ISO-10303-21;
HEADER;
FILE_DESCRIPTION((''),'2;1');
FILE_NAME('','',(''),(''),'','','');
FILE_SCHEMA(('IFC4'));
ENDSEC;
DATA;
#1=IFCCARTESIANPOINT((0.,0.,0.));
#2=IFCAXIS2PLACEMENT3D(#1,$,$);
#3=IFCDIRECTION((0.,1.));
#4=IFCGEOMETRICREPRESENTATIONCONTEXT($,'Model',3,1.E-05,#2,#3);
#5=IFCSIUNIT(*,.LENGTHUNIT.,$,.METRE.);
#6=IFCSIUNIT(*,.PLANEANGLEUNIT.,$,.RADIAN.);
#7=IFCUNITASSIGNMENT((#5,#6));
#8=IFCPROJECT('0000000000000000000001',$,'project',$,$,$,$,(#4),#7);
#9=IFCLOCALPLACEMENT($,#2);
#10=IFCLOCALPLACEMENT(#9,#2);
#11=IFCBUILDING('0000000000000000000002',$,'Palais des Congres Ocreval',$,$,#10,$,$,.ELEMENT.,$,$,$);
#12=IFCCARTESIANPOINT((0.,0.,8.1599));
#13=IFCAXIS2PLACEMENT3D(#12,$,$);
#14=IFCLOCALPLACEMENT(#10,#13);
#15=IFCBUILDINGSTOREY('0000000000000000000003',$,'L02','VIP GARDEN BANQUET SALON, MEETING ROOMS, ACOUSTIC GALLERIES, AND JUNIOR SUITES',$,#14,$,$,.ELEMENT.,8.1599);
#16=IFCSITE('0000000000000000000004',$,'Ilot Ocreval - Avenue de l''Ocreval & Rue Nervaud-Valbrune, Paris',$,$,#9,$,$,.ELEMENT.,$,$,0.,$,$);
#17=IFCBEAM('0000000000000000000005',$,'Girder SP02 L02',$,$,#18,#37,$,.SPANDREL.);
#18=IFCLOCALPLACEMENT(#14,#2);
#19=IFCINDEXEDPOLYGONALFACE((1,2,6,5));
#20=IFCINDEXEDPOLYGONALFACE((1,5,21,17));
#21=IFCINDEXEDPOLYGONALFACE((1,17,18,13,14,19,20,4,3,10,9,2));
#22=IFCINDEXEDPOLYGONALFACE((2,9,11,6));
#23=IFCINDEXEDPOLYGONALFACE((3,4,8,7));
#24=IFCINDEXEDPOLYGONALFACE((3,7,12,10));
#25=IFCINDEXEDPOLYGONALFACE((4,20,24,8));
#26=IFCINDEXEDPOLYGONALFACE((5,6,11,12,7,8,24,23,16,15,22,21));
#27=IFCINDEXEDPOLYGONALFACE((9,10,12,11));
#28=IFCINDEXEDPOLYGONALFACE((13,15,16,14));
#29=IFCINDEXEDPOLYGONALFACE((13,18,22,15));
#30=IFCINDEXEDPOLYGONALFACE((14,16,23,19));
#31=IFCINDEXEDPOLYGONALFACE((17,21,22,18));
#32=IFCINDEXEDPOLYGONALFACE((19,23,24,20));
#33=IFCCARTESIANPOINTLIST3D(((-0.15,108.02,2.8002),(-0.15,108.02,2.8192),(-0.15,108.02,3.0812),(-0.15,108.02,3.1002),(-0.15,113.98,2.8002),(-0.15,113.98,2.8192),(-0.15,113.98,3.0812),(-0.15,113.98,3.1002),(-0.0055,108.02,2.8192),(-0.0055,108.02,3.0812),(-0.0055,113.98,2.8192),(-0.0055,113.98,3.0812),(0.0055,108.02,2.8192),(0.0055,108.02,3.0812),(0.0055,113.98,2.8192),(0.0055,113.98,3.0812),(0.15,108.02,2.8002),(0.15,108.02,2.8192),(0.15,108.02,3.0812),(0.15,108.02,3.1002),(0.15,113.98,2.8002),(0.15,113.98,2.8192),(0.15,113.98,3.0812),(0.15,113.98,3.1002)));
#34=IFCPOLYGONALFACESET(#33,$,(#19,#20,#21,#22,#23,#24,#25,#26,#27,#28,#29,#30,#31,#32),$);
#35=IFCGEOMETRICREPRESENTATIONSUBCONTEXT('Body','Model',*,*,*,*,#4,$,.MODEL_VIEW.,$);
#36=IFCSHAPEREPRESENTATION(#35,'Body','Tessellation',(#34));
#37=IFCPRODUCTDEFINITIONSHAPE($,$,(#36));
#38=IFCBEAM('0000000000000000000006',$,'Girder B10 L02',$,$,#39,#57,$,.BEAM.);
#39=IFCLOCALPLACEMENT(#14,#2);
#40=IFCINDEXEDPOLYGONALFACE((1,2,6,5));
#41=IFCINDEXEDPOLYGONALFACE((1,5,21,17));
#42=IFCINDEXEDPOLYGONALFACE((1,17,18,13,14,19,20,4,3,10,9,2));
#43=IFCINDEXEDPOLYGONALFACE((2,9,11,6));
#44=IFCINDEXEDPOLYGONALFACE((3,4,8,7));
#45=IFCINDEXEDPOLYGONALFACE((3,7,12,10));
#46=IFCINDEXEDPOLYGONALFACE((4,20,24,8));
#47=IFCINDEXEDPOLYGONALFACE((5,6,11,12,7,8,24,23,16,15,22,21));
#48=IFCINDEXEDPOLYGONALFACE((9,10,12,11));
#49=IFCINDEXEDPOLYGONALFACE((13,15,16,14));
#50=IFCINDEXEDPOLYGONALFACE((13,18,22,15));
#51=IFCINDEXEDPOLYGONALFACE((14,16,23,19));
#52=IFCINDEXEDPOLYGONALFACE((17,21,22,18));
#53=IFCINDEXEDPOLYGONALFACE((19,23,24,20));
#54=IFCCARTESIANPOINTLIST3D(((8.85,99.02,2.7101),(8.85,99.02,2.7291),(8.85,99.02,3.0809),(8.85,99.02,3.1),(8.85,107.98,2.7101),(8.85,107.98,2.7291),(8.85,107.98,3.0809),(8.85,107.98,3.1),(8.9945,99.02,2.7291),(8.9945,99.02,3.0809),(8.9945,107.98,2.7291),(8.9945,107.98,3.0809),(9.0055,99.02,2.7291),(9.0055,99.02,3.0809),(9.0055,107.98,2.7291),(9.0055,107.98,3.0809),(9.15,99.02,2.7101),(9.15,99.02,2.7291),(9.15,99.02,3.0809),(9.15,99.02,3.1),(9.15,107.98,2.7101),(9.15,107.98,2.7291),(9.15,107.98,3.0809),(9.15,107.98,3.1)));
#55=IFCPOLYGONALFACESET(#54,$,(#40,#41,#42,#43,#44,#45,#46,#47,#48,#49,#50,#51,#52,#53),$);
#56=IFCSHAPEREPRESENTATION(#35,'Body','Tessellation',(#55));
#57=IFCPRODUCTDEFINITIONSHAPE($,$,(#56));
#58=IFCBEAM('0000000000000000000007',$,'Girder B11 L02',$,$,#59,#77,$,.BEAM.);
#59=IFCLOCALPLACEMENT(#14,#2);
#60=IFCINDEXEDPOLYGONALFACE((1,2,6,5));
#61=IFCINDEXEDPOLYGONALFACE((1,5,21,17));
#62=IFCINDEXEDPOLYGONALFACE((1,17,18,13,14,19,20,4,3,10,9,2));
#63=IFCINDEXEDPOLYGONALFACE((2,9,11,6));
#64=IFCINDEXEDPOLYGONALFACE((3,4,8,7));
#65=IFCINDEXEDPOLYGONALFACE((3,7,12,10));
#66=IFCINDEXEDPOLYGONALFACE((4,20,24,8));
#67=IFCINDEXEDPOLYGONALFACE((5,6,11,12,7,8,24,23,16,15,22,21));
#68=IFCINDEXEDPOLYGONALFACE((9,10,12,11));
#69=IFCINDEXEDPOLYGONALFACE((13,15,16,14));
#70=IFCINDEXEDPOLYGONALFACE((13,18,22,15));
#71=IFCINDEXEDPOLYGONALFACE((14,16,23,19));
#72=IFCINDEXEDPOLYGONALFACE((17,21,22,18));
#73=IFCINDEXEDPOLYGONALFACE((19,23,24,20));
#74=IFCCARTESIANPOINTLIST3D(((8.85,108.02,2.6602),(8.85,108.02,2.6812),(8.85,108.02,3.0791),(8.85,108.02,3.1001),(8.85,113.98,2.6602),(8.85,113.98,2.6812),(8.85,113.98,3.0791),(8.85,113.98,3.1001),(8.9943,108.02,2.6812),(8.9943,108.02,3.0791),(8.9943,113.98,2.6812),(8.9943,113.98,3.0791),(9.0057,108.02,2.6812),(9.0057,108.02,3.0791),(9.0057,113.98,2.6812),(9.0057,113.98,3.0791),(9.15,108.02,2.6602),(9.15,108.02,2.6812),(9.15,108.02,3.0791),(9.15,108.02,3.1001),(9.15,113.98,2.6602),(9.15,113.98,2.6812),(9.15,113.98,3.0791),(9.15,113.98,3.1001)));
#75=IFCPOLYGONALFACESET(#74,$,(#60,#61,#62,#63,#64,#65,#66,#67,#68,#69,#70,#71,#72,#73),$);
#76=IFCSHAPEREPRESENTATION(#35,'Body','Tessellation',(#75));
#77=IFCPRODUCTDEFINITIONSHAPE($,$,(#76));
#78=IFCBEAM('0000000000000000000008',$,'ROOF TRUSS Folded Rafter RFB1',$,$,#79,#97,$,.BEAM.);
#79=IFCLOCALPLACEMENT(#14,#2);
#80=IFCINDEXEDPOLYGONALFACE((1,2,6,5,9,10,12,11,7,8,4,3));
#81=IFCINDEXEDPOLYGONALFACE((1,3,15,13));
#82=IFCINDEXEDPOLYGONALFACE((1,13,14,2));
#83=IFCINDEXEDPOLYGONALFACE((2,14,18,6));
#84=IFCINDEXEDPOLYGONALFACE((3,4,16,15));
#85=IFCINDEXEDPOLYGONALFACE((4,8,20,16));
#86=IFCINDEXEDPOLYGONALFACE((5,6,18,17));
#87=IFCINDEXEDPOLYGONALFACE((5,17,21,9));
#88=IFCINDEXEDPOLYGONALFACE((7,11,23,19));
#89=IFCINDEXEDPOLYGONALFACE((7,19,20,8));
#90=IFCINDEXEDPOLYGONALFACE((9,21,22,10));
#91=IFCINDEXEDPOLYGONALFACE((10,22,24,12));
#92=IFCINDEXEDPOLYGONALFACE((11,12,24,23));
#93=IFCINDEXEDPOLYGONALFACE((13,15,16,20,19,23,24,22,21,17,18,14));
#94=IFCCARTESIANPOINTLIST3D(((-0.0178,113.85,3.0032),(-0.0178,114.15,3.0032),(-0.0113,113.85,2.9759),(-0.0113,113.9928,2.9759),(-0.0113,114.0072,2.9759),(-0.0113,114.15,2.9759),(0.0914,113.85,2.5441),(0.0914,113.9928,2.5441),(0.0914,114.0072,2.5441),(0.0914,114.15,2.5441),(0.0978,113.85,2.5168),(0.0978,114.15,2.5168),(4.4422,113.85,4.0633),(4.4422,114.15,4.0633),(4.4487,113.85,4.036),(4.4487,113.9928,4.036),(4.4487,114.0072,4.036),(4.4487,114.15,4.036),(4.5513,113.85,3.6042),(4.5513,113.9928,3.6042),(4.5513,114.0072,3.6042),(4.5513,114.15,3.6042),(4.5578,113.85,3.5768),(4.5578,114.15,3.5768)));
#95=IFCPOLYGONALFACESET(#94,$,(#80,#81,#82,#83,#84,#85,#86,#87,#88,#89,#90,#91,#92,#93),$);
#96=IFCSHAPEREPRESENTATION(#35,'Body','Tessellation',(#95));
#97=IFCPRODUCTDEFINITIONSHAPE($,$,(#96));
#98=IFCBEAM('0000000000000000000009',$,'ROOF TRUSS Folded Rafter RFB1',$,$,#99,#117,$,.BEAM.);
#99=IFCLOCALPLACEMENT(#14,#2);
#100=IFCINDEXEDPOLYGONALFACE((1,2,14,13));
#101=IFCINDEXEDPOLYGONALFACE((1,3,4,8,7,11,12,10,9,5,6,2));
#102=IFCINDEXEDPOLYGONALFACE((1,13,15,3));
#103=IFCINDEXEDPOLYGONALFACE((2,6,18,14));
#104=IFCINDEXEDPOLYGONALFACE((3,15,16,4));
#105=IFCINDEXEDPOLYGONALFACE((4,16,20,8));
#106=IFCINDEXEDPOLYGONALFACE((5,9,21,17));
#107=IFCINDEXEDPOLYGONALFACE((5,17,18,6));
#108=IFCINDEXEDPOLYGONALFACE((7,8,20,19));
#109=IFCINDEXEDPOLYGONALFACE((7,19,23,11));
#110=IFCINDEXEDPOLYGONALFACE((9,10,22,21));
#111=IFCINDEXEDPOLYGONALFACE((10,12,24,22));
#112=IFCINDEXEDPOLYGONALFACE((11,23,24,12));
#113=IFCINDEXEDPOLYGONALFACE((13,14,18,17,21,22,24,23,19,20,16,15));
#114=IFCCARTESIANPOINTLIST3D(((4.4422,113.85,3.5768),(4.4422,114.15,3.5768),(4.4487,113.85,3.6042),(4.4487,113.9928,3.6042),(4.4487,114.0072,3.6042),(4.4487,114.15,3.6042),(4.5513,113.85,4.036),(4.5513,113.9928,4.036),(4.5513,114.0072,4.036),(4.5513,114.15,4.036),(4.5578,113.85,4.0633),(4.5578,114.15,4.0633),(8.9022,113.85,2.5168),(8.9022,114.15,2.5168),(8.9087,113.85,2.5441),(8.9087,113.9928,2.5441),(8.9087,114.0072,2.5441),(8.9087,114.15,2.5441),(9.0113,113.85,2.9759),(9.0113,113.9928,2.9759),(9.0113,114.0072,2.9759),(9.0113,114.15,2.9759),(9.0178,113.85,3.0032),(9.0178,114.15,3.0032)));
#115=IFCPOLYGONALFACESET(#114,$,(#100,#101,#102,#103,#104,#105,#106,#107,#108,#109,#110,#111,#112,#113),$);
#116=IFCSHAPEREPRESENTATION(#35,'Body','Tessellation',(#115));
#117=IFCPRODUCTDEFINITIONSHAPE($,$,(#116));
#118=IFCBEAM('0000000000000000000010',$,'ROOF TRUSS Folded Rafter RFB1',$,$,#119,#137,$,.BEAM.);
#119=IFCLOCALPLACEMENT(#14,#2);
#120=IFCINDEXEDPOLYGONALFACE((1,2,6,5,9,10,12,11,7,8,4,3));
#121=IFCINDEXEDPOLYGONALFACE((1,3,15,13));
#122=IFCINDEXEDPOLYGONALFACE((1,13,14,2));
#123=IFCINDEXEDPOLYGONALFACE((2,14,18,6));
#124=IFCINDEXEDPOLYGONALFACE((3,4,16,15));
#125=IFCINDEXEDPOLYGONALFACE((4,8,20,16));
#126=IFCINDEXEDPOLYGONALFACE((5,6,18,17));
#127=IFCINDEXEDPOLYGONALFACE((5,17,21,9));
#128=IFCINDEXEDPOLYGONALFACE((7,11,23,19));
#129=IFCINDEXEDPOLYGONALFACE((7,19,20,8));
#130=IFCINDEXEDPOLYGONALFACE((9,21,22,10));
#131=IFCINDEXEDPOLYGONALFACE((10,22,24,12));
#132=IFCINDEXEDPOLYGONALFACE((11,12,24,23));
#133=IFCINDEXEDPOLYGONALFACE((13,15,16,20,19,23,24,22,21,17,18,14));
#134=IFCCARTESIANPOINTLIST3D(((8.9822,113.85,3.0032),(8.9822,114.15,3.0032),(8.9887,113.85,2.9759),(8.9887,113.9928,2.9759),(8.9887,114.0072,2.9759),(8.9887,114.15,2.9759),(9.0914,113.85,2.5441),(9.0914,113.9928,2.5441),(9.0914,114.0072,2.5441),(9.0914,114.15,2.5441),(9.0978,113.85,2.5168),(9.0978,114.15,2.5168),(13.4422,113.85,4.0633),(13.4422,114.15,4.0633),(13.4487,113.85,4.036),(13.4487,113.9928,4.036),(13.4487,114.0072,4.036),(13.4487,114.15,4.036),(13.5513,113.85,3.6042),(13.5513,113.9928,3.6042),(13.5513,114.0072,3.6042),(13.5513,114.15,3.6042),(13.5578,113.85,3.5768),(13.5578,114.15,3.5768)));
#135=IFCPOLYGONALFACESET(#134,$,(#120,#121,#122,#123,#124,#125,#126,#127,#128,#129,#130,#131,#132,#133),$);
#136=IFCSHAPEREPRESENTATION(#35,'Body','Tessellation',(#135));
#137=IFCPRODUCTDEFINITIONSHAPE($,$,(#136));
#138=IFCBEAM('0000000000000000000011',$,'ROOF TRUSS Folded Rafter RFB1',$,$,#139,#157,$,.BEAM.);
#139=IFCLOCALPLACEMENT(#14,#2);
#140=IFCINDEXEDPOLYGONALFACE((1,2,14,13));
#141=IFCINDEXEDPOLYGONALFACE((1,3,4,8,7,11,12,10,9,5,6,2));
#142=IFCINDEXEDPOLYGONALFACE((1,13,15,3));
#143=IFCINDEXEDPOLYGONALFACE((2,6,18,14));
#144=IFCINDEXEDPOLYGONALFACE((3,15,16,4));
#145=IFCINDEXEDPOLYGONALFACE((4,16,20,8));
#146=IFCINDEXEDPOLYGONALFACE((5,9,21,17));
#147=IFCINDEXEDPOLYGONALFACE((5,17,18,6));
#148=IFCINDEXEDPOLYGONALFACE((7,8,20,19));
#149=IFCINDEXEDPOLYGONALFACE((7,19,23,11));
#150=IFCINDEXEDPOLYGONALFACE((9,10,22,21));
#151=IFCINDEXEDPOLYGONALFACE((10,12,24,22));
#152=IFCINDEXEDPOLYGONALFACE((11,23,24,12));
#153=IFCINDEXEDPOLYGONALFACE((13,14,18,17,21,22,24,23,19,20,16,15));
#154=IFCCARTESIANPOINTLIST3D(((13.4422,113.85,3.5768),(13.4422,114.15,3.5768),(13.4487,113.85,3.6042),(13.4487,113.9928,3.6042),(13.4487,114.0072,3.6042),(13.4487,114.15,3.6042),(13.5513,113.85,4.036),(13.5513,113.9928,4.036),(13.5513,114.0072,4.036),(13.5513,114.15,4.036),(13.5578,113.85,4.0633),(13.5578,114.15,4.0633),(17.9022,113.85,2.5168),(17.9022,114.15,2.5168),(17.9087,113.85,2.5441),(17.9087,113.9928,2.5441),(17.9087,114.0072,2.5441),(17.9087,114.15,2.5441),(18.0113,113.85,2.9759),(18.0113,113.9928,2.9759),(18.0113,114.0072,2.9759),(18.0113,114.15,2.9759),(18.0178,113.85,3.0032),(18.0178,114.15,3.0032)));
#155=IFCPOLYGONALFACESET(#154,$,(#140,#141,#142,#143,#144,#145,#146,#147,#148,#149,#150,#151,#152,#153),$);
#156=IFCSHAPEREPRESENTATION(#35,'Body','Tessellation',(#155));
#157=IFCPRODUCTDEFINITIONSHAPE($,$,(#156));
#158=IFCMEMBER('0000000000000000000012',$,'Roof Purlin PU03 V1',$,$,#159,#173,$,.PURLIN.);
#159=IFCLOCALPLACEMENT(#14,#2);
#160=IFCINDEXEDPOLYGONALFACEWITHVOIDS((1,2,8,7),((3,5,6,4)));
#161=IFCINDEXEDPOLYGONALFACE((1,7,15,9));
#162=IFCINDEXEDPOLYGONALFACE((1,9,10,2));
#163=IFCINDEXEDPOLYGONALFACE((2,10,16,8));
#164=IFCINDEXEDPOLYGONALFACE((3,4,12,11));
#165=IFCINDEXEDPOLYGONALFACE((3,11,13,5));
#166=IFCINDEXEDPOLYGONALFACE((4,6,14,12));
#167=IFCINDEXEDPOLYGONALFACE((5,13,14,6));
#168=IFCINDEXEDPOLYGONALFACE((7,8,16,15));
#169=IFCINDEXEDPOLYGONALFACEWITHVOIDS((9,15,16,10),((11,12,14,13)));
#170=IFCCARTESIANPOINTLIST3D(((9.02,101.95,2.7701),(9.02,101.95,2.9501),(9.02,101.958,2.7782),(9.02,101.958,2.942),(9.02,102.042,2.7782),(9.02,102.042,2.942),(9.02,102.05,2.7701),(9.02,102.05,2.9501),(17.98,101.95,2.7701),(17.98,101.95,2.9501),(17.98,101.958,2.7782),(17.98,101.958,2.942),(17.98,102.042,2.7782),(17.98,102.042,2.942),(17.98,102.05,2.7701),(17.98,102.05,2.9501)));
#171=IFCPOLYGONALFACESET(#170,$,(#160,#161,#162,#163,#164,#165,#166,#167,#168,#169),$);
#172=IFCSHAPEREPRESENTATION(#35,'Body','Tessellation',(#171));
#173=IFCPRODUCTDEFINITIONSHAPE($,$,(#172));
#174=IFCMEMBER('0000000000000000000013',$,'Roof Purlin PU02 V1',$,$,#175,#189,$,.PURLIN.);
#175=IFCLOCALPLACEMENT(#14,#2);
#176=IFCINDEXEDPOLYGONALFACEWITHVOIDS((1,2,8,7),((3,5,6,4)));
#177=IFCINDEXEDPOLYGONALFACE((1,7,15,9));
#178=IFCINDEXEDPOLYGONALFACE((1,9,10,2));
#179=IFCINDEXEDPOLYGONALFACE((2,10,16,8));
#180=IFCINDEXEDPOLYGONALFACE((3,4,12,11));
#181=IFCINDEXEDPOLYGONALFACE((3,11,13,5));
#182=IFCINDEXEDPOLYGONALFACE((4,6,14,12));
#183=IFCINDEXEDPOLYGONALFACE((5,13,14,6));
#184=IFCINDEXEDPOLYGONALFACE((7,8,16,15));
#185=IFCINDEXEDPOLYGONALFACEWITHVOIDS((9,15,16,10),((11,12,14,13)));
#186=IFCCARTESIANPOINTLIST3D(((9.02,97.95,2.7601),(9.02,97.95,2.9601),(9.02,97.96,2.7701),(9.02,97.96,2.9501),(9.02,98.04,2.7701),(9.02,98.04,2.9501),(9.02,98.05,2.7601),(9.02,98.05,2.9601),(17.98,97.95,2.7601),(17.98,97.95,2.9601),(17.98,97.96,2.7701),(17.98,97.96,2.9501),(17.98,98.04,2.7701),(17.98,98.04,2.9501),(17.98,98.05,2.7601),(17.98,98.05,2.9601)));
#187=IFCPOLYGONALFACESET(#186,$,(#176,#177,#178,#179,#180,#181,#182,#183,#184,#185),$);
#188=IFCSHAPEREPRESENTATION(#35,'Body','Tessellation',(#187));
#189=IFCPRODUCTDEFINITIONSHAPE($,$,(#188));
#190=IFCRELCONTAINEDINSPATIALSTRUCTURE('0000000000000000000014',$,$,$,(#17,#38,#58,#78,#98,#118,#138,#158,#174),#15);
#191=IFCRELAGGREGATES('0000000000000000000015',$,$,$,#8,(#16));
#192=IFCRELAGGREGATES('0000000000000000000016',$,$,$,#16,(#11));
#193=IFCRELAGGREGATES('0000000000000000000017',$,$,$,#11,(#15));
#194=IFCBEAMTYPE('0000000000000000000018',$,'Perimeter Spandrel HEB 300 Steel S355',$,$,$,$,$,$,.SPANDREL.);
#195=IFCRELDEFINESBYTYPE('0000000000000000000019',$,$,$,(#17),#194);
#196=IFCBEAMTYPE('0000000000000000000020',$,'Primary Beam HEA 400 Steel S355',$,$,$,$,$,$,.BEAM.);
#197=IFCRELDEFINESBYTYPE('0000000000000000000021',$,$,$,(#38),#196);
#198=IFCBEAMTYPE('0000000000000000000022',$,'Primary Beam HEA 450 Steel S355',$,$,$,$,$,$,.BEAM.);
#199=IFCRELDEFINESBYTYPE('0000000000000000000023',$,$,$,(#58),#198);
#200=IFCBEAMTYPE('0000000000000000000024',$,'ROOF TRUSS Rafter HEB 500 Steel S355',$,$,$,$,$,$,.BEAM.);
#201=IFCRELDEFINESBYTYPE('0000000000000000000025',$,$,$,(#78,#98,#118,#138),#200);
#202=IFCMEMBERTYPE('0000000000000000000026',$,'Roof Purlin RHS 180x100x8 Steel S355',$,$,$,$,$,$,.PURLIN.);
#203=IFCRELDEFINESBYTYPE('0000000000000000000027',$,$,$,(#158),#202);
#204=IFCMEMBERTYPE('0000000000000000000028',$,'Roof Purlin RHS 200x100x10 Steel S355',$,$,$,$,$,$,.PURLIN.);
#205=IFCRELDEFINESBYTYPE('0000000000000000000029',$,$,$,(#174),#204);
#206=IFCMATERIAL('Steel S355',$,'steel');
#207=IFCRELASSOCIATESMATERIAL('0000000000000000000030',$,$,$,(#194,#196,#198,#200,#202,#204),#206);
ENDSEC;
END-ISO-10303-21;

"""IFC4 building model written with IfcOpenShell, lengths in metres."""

from ifc_helpers import new_model, si_unit, direction, frame, origin, origin_2d, place, context, subcontext, project, spatial, hollow_rectangle, i_section, extrude, material, material_profile, profile_set, type_object, element, save


model = new_model("IFC4")

# Units and contexts
model_context = context("Model", 3, precision=1e-05, world=origin(), true_north=direction((0.0, 1.0)))
body_context = subcontext(model_context, "Body", "Model", "MODEL_VIEW")
ifc_project = project(units=[si_unit("LENGTHUNIT", "METRE"), si_unit("PLANEANGLEUNIT", "RADIAN")], contexts=[model_context])

# Site, building, storey
site_placement = place(None, origin())
site = spatial("IfcSite", under=ifc_project, at=site_placement, Name="Ilot Ocreval - Avenue de l'Ocreval & Rue Nervaud-Valbrune, Paris", CompositionType="ELEMENT", RefElevation=0.0)
building_placement = place(site_placement, origin())
building = spatial("IfcBuilding", under=site, at=building_placement, Name="Palais des Congres Ocreval", CompositionType="ELEMENT")
storey_placement = place(building_placement, frame((0.0, 0.0, 8.1599)))
storey = spatial("IfcBuildingStorey", under=building, at=storey_placement, Name="L02", Description="VIP GARDEN BANQUET SALON, MEETING ROOMS, ACOUSTIC GALLERIES, AND JUNIOR SUITES", CompositionType="ELEMENT", Elevation=8.1599)

# Shared definitions
ifc_material_1 = material(Name="Steel S355", Category="steel")

# Beams
ifc_material_profile_1 = material_profile(ifc_material_1, i_section(OverallWidth=0.3, OverallDepth=0.3, WebThickness=0.011, FlangeThickness=0.019, at=origin_2d()), Name="HEB 300")
ifc_profile_set_1 = profile_set([ifc_material_profile_1], Name="Steel S355")
beam_type_1 = type_object("IfcBeamType", Name="Perimeter Spandrel HEB 300 Steel S355", PredefinedType="SPANDREL", material=ifc_profile_set_1)
beam_1_placement = place(storey_placement, frame((0.0, 108.02, 2.9502), z_axis=(0.0, 1.0, 0.0), x_axis=(-1.0, 0.0, 0.0)))
element("IfcBeam", 1, at=beam_1_placement, inside=storey, type_object=beam_type_1, Name="Girder SP02 L02", PredefinedType="SPANDREL", context=body_context, shape_type="SweptSolid", body=[
    extrude(i_section(OverallWidth=0.3, OverallDepth=0.3, WebThickness=0.011, FlangeThickness=0.019, at=origin_2d()), origin(), (0.0, 0.0, 1.0), 5.96),
])
ifc_material_profile_2 = material_profile(ifc_material_1, i_section(OverallWidth=0.3, OverallDepth=0.3899, WebThickness=0.011, FlangeThickness=0.019, at=origin_2d()), Name="HEA 400")
ifc_profile_set_2 = profile_set([ifc_material_profile_2], Name="Steel S355")
beam_type_2 = type_object("IfcBeamType", Name="Primary Beam HEA 400 Steel S355", PredefinedType="BEAM", material=ifc_profile_set_2)
beam_2_placement = place(storey_placement, frame((9.0, 99.02, 2.905), z_axis=(0.0, 1.0, 0.0), x_axis=(-1.0, 0.0, 0.0)))
element("IfcBeam", 2, at=beam_2_placement, inside=storey, type_object=beam_type_2, Name="Girder B10 L02", PredefinedType="BEAM", context=body_context, shape_type="SweptSolid", body=[
    extrude(i_section(OverallWidth=0.3, OverallDepth=0.3899, WebThickness=0.011, FlangeThickness=0.019, at=origin_2d()), origin(), (0.0, 0.0, 1.0), 8.96),
])
ifc_material_profile_3 = material_profile(ifc_material_1, i_section(OverallWidth=0.3, OverallDepth=0.4399, WebThickness=0.0115, FlangeThickness=0.021, at=origin_2d()), Name="HEA 450")
ifc_profile_set_3 = profile_set([ifc_material_profile_3], Name="Steel S355")
beam_type_3 = type_object("IfcBeamType", Name="Primary Beam HEA 450 Steel S355", PredefinedType="BEAM", material=ifc_profile_set_3)
beam_3_placement = place(storey_placement, frame((9.0, 108.02, 2.8801), z_axis=(0.0, 1.0, 0.0), x_axis=(-1.0, 0.0, 0.0)))
element("IfcBeam", 3, at=beam_3_placement, inside=storey, type_object=beam_type_3, Name="Girder B11 L02", PredefinedType="BEAM", context=body_context, shape_type="SweptSolid", body=[
    extrude(i_section(OverallWidth=0.3, OverallDepth=0.4399, WebThickness=0.0115, FlangeThickness=0.021, at=origin_2d()), origin(), (0.0, 0.0, 1.0), 5.96),
])
ifc_material_profile_4 = material_profile(ifc_material_1, i_section(OverallWidth=0.3, OverallDepth=0.5, WebThickness=0.0144, FlangeThickness=0.0281, at=origin_2d()), Name="HEB 500")
ifc_profile_set_4 = profile_set([ifc_material_profile_4], Name="Steel S355")
beam_type_4 = type_object("IfcBeamType", Name="ROOF TRUSS Rafter HEB 500 Steel S355", PredefinedType="BEAM", material=ifc_profile_set_4)
for number, where, z_axis, x_axis, name in (
    (4, (0.04, 114.0, 2.76), (0.972896, 0.0, 0.231241), (0.0, 1.0, 0.0), "ROOF TRUSS Folded Rafter RFB1"),
    (5, (4.5, 114.0, 3.8201), (0.972896, 0.0, -0.231241), (0.0, 1.0, 0.0), "ROOF TRUSS Folded Rafter RFB1"),
    (6, (9.04, 114.0, 2.76), (0.972896, 0.0, 0.231241), (0.0, 1.0, 0.0), "ROOF TRUSS Folded Rafter RFB1"),
    (7, (13.5, 114.0, 3.8201), (0.972896, 0.0, -0.231241), (0.0, 1.0, 0.0), "ROOF TRUSS Folded Rafter RFB1"),
):
    element("IfcBeam", number, at=place(storey_placement, frame(where, z_axis=z_axis, x_axis=x_axis)), inside=storey, type_object=beam_type_4, Name=name, PredefinedType="BEAM", context=body_context, shape_type="SweptSolid", body=[
        extrude(i_section(OverallWidth=0.3, OverallDepth=0.5, WebThickness=0.0144, FlangeThickness=0.0281, at=origin_2d()), origin(), (0.0, 0.0, 1.0), 4.5842),
    ])

# Members
ifc_material_profile_5 = material_profile(ifc_material_1, hollow_rectangle(XDim=0.1001, YDim=0.1799, WallThickness=0.0081, at=origin_2d()), Name="RHS 180x100x8")
ifc_profile_set_5 = profile_set([ifc_material_profile_5], Name="Steel S355")
member_type_1 = type_object("IfcMemberType", Name="Roof Purlin RHS 180x100x8 Steel S355", PredefinedType="PURLIN", material=ifc_profile_set_5)
member_1_placement = place(storey_placement, frame((9.02, 102.0, 2.8601), z_axis=(1.0, 0.0, 0.0), x_axis=(0.0, 1.0, 0.0)))
element("IfcMember", 8, at=member_1_placement, inside=storey, type_object=member_type_1, Name="Roof Purlin PU03 V1", PredefinedType="PURLIN", context=body_context, shape_type="SweptSolid", body=[
    extrude(hollow_rectangle(XDim=0.1001, YDim=0.1799, WallThickness=0.0081, at=origin_2d()), origin(), (0.0, 0.0, 1.0), 8.96),
])
ifc_material_profile_6 = material_profile(ifc_material_1, hollow_rectangle(XDim=0.1001, YDim=0.2, WallThickness=0.01, at=origin_2d()), Name="RHS 200x100x10")
ifc_profile_set_6 = profile_set([ifc_material_profile_6], Name="Steel S355")
member_type_2 = type_object("IfcMemberType", Name="Roof Purlin RHS 200x100x10 Steel S355", PredefinedType="PURLIN", material=ifc_profile_set_6)
for number, where, z_axis, x_axis, name in (
    (9, (9.02, 98.0, 2.8601), (1.0, 0.0, 0.0), (0.0, 1.0, 0.0), "Roof Purlin PU02 V1"),
):
    element("IfcMember", number, at=place(storey_placement, frame(where, z_axis=z_axis, x_axis=x_axis)), inside=storey, type_object=member_type_2, Name=name, PredefinedType="PURLIN", context=body_context, shape_type="SweptSolid", body=[
        extrude(hollow_rectangle(XDim=0.1001, YDim=0.2, WallThickness=0.01, at=origin_2d()), origin(), (0.0, 0.0, 1.0), 8.96),
    ])

save(model, "model.ifc")
